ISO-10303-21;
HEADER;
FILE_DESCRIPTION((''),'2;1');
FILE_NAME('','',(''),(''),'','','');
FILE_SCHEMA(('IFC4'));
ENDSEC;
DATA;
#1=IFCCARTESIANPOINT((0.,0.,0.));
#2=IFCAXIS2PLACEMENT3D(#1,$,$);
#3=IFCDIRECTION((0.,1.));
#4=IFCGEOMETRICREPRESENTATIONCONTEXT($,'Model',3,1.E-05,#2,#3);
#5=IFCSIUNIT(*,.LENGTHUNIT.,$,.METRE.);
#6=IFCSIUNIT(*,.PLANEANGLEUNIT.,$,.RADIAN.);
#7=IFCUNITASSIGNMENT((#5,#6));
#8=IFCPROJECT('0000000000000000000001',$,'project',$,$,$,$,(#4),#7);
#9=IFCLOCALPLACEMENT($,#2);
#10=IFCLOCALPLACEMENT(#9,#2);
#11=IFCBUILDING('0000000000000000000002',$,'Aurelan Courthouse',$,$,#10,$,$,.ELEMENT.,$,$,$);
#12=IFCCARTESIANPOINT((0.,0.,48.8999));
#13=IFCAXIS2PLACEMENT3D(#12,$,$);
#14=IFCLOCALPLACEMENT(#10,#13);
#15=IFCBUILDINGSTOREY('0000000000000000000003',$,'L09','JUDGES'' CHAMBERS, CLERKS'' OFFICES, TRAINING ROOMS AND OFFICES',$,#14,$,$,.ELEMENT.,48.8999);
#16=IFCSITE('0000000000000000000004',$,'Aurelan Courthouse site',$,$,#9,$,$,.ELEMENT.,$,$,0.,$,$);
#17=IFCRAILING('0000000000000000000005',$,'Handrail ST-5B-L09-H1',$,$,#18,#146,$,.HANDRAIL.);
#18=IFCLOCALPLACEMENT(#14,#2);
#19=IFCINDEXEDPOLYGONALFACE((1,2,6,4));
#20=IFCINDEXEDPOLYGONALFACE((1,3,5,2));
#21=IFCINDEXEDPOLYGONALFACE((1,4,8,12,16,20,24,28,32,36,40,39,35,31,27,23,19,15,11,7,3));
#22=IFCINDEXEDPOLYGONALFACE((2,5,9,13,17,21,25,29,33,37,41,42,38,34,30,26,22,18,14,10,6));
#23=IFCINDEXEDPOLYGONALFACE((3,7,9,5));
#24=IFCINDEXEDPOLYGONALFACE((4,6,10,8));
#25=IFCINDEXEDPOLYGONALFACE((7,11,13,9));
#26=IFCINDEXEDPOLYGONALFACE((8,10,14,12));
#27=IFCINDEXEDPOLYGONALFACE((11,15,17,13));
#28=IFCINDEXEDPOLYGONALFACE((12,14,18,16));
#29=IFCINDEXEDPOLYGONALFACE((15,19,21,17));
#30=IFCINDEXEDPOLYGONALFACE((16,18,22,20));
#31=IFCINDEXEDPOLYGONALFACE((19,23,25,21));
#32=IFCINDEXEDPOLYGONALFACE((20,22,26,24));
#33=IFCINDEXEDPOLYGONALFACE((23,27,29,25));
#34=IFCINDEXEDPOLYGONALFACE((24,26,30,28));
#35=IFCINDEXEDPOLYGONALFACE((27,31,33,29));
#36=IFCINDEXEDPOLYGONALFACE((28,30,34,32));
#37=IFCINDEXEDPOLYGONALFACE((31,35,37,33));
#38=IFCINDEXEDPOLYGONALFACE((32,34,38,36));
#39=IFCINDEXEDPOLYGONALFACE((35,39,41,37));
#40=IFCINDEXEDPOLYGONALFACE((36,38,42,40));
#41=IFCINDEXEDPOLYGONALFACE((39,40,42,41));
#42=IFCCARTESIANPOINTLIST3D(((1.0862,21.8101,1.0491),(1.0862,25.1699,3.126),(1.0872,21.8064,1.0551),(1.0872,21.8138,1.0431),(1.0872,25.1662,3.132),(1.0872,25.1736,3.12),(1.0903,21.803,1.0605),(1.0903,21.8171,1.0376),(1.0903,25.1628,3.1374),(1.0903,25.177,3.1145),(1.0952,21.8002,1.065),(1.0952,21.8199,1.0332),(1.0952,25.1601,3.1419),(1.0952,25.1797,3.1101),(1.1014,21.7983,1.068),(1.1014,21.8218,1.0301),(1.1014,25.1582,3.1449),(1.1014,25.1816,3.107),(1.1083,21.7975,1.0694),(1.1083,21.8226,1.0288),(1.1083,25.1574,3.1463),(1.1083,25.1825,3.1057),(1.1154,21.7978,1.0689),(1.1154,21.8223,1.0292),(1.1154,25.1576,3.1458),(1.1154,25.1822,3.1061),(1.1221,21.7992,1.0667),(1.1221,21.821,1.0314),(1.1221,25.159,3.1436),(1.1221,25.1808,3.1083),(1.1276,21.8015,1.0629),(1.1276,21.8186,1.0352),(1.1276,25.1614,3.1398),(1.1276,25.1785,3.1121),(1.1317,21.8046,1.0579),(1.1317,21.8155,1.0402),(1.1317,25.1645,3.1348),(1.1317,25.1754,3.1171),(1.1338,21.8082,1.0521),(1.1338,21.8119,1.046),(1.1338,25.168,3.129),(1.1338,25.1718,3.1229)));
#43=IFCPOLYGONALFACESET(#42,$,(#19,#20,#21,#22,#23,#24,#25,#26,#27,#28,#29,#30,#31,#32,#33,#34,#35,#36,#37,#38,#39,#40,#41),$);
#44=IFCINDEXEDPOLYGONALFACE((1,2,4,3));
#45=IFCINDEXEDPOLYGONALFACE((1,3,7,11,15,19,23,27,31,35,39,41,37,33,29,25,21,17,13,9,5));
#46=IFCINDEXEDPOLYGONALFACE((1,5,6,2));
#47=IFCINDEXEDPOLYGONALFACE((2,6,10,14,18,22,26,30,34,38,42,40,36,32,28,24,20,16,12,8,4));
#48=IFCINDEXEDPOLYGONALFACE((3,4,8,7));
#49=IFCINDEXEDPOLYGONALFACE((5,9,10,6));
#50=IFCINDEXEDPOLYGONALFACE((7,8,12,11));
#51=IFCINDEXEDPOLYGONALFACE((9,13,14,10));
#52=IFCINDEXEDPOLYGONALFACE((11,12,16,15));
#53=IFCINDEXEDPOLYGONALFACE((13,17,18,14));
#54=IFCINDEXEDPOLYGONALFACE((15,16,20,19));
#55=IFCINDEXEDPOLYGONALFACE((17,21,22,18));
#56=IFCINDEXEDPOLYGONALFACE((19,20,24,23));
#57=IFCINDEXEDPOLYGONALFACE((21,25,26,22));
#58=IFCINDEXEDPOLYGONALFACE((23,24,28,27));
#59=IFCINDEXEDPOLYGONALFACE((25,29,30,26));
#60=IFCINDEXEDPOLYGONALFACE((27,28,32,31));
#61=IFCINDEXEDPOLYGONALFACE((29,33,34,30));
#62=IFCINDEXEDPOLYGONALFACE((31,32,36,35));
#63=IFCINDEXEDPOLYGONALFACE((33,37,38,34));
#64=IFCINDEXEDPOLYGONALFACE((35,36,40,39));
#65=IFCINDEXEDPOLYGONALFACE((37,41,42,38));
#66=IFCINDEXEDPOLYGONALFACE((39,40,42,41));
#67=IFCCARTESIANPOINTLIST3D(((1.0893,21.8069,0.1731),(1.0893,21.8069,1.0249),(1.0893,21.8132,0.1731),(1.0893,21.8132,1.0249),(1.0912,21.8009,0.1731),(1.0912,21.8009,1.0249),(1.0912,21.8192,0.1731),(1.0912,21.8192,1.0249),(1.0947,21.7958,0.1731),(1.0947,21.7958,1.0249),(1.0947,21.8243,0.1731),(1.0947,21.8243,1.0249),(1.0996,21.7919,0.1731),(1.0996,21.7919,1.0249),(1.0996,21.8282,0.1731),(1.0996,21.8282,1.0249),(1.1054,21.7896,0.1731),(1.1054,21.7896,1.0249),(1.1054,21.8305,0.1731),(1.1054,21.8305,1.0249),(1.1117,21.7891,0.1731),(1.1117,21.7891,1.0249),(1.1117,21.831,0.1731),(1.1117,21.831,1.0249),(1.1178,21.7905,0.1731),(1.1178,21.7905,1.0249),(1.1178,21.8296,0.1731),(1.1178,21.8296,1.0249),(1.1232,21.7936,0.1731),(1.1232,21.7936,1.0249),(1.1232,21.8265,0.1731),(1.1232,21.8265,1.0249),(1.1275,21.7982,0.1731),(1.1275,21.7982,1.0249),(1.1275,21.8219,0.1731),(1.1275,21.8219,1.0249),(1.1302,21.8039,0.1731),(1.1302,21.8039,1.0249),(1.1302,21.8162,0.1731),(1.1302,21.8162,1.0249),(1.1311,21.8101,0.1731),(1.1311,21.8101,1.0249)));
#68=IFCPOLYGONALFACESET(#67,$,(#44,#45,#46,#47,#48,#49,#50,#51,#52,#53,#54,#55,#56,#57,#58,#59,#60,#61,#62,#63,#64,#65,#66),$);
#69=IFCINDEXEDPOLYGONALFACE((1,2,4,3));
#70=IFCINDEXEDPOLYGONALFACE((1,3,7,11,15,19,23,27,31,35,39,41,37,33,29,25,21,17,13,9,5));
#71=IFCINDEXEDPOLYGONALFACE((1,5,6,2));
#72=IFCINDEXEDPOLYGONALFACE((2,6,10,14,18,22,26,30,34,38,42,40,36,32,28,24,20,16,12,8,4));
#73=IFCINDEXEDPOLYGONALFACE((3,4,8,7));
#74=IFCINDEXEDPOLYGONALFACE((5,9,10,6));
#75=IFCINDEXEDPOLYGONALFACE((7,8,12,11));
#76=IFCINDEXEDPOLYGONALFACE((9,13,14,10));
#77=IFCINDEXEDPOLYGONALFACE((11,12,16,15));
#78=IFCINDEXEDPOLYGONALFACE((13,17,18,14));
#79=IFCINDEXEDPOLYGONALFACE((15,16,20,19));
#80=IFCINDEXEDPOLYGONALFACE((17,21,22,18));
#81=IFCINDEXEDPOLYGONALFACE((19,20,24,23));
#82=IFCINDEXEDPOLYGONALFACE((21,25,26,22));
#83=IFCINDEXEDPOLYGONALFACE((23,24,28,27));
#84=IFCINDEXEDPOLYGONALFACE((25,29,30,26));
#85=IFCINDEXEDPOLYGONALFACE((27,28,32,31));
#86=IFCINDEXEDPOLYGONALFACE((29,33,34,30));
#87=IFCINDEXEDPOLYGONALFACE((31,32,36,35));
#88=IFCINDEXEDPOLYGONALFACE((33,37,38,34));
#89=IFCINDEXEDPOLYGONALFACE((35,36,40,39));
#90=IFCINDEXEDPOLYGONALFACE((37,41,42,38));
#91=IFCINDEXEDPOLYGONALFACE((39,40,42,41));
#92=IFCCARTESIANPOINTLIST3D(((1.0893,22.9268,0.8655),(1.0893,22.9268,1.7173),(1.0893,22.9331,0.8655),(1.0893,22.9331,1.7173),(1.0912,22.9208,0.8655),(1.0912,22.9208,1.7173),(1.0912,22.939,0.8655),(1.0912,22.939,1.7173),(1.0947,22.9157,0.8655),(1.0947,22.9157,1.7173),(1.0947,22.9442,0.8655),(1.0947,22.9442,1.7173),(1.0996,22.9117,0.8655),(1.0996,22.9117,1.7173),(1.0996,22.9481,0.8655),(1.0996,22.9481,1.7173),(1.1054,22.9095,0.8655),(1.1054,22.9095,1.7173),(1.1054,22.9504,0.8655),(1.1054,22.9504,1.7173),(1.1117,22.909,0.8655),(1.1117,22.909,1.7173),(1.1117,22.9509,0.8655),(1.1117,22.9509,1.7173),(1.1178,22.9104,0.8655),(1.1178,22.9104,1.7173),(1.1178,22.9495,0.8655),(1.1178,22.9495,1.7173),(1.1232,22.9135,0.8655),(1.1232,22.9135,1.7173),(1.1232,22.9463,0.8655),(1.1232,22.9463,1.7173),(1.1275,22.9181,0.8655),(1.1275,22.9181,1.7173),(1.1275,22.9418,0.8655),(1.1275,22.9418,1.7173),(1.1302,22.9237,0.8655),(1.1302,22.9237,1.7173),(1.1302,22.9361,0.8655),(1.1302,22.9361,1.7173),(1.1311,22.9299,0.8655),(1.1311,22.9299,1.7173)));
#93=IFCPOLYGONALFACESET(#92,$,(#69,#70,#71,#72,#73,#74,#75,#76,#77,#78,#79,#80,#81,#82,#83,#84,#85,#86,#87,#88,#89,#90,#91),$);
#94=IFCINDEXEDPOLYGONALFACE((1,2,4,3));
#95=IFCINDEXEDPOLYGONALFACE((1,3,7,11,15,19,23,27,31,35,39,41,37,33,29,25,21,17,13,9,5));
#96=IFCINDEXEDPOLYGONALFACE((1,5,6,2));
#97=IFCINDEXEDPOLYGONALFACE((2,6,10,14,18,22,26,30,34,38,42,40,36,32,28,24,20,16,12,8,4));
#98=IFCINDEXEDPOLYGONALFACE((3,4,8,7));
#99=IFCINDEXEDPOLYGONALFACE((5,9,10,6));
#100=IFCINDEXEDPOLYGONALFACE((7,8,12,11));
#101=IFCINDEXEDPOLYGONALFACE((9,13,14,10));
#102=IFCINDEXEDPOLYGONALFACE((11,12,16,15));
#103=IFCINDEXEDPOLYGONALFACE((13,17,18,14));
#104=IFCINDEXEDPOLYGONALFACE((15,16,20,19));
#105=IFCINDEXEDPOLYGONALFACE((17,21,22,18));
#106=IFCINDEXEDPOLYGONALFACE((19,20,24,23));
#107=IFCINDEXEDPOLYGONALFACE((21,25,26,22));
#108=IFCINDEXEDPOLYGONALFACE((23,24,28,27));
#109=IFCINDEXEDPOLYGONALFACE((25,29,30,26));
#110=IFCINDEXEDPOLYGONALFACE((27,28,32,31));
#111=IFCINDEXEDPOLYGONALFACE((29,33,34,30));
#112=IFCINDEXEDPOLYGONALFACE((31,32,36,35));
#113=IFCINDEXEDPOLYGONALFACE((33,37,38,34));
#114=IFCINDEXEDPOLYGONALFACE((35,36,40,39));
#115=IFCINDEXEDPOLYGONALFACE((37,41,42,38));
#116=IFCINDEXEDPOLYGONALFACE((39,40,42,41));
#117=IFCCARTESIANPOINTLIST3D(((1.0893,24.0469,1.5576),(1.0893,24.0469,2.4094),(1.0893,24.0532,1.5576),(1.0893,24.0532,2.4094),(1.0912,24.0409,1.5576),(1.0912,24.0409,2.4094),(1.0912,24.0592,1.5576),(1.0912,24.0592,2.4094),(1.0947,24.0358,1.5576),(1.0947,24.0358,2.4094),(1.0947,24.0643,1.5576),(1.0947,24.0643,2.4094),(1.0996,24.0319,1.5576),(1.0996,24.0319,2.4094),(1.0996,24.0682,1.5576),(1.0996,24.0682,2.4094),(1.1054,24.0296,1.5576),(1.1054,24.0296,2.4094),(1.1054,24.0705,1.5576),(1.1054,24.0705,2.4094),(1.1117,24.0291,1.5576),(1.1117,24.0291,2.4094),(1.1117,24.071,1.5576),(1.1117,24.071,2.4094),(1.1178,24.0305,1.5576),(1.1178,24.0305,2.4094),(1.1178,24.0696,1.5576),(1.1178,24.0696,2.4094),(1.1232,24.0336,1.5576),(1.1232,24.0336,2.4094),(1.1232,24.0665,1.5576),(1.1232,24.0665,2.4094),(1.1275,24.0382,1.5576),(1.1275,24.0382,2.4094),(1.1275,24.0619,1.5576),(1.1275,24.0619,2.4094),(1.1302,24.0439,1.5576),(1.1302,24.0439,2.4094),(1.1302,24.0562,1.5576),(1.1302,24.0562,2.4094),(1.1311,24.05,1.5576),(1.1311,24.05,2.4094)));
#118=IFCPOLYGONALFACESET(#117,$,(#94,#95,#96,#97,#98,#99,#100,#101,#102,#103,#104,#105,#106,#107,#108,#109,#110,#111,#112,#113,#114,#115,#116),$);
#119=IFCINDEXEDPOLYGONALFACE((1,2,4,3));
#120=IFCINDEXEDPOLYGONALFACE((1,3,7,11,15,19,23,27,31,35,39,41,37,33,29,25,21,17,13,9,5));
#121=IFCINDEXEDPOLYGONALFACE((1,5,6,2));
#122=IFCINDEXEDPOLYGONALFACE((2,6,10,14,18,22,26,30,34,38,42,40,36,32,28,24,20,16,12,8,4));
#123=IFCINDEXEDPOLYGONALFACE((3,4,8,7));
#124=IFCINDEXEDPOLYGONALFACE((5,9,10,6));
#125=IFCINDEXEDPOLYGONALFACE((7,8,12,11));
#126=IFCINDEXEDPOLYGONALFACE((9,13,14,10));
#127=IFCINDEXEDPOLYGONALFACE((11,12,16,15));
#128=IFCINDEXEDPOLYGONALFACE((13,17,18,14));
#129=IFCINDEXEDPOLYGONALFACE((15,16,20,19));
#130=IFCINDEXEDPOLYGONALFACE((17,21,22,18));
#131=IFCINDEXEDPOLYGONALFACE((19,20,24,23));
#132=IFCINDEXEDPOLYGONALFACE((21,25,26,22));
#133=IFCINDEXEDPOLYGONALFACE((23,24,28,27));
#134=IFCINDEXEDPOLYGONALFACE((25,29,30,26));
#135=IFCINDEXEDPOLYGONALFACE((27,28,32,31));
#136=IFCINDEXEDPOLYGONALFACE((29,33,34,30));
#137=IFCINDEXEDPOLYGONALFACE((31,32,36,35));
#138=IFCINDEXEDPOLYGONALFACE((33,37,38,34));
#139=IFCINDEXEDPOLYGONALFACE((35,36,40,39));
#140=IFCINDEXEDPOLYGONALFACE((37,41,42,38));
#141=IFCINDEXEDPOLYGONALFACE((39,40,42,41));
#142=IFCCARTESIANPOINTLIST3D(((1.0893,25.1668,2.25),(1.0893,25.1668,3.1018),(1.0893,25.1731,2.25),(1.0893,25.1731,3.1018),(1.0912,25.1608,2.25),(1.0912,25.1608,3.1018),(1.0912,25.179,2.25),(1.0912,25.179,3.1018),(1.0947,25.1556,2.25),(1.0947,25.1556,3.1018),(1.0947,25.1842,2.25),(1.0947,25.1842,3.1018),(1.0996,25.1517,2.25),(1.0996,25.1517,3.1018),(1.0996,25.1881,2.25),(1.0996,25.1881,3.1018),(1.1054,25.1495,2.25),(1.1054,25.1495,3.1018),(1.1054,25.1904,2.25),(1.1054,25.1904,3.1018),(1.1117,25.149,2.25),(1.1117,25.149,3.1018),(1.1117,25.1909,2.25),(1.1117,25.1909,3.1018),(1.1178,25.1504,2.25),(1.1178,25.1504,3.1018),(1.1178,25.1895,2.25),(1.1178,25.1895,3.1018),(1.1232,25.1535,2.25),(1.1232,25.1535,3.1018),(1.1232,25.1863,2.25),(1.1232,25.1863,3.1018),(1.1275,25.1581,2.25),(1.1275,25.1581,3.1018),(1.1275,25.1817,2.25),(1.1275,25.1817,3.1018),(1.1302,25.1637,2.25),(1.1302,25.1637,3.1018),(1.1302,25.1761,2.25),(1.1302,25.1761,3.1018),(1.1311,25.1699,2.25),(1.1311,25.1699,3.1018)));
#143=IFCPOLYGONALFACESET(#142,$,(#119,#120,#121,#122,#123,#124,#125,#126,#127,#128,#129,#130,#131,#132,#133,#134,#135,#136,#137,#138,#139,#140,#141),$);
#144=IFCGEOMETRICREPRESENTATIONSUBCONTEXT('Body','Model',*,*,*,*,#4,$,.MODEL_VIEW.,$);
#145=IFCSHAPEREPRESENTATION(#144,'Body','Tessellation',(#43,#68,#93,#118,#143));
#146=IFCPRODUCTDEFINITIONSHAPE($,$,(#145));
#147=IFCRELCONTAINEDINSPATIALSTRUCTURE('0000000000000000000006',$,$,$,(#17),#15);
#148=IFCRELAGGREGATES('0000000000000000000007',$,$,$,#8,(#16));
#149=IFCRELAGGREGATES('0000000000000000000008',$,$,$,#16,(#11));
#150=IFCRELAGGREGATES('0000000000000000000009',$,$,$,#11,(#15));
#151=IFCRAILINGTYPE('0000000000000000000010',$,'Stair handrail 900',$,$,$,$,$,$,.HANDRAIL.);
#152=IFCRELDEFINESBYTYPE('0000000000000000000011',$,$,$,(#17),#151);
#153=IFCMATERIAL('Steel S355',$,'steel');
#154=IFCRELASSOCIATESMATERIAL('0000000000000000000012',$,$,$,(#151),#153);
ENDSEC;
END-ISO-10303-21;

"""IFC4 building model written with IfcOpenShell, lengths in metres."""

from ifc_helpers import new_model, si_unit, direction, frame, origin, origin_2d, place, context, subcontext, project, spatial, circle, extrude, material, type_object, element, save


model = new_model("IFC4")

# Units and contexts
model_context = context("Model", 3, precision=1e-05, world=origin(), true_north=direction((0.0, 1.0)))
body_context = subcontext(model_context, "Body", "Model", "MODEL_VIEW")
ifc_project = project(units=[si_unit("LENGTHUNIT", "METRE"), si_unit("PLANEANGLEUNIT", "RADIAN")], contexts=[model_context])

# Site, building, storey
site_placement = place(None, origin())
site = spatial("IfcSite", under=ifc_project, at=site_placement, Name="Aurelan Courthouse site", CompositionType="ELEMENT", RefElevation=0.0)
building_placement = place(site_placement, origin())
building = spatial("IfcBuilding", under=site, at=building_placement, Name="Aurelan Courthouse", CompositionType="ELEMENT")
storey_placement = place(building_placement, frame((0.0, 0.0, 48.8999)))
storey = spatial("IfcBuildingStorey", under=building, at=storey_placement, Name="L09", Description="JUDGES' CHAMBERS, CLERKS' OFFICES, TRAINING ROOMS AND OFFICES", CompositionType="ELEMENT", Elevation=48.8999)

# Railing
ifc_material_1 = material(Name="Steel S355", Category="steel")
railing_type_1 = type_object("IfcRailingType", Name="Stair handrail 900", PredefinedType="HANDRAIL", material=ifc_material_1)
for number, where, name in (
    (1, (1.1101, 21.8101, 0.1731), "Handrail ST-5B-L09-H1"),
):
    element("IfcRailing", number, at=place(storey_placement, frame(where)), inside=storey, type_object=railing_type_1, Name=name, PredefinedType="HANDRAIL", context=body_context, shape_type="SweptSolid", body=[
        extrude(circle(Radius=0.0239, at=origin_2d()), frame((0.0, 0.0, 0.876), z_axis=(0.0, 0.850606, 0.525803), x_axis=(-1.0, 0.0, 0.0)), (0.0, 0.0, 1.0), 3.95),
        extrude(circle(Radius=0.021, at=origin_2d()), origin(), (0.0, 0.0, 1.0), 0.8518),
        extrude(circle(Radius=0.021, at=origin_2d()), frame((0.0, 1.1199, 0.6924)), (0.0, 0.0, 1.0), 0.8518),
        extrude(circle(Radius=0.021, at=origin_2d()), frame((0.0, 2.24, 1.3845)), (0.0, 0.0, 1.0), 0.8518),
        extrude(circle(Radius=0.021, at=origin_2d()), frame((0.0, 3.3599, 2.0769)), (0.0, 0.0, 1.0), 0.8518),
    ])

save(model, "model.ifc")
